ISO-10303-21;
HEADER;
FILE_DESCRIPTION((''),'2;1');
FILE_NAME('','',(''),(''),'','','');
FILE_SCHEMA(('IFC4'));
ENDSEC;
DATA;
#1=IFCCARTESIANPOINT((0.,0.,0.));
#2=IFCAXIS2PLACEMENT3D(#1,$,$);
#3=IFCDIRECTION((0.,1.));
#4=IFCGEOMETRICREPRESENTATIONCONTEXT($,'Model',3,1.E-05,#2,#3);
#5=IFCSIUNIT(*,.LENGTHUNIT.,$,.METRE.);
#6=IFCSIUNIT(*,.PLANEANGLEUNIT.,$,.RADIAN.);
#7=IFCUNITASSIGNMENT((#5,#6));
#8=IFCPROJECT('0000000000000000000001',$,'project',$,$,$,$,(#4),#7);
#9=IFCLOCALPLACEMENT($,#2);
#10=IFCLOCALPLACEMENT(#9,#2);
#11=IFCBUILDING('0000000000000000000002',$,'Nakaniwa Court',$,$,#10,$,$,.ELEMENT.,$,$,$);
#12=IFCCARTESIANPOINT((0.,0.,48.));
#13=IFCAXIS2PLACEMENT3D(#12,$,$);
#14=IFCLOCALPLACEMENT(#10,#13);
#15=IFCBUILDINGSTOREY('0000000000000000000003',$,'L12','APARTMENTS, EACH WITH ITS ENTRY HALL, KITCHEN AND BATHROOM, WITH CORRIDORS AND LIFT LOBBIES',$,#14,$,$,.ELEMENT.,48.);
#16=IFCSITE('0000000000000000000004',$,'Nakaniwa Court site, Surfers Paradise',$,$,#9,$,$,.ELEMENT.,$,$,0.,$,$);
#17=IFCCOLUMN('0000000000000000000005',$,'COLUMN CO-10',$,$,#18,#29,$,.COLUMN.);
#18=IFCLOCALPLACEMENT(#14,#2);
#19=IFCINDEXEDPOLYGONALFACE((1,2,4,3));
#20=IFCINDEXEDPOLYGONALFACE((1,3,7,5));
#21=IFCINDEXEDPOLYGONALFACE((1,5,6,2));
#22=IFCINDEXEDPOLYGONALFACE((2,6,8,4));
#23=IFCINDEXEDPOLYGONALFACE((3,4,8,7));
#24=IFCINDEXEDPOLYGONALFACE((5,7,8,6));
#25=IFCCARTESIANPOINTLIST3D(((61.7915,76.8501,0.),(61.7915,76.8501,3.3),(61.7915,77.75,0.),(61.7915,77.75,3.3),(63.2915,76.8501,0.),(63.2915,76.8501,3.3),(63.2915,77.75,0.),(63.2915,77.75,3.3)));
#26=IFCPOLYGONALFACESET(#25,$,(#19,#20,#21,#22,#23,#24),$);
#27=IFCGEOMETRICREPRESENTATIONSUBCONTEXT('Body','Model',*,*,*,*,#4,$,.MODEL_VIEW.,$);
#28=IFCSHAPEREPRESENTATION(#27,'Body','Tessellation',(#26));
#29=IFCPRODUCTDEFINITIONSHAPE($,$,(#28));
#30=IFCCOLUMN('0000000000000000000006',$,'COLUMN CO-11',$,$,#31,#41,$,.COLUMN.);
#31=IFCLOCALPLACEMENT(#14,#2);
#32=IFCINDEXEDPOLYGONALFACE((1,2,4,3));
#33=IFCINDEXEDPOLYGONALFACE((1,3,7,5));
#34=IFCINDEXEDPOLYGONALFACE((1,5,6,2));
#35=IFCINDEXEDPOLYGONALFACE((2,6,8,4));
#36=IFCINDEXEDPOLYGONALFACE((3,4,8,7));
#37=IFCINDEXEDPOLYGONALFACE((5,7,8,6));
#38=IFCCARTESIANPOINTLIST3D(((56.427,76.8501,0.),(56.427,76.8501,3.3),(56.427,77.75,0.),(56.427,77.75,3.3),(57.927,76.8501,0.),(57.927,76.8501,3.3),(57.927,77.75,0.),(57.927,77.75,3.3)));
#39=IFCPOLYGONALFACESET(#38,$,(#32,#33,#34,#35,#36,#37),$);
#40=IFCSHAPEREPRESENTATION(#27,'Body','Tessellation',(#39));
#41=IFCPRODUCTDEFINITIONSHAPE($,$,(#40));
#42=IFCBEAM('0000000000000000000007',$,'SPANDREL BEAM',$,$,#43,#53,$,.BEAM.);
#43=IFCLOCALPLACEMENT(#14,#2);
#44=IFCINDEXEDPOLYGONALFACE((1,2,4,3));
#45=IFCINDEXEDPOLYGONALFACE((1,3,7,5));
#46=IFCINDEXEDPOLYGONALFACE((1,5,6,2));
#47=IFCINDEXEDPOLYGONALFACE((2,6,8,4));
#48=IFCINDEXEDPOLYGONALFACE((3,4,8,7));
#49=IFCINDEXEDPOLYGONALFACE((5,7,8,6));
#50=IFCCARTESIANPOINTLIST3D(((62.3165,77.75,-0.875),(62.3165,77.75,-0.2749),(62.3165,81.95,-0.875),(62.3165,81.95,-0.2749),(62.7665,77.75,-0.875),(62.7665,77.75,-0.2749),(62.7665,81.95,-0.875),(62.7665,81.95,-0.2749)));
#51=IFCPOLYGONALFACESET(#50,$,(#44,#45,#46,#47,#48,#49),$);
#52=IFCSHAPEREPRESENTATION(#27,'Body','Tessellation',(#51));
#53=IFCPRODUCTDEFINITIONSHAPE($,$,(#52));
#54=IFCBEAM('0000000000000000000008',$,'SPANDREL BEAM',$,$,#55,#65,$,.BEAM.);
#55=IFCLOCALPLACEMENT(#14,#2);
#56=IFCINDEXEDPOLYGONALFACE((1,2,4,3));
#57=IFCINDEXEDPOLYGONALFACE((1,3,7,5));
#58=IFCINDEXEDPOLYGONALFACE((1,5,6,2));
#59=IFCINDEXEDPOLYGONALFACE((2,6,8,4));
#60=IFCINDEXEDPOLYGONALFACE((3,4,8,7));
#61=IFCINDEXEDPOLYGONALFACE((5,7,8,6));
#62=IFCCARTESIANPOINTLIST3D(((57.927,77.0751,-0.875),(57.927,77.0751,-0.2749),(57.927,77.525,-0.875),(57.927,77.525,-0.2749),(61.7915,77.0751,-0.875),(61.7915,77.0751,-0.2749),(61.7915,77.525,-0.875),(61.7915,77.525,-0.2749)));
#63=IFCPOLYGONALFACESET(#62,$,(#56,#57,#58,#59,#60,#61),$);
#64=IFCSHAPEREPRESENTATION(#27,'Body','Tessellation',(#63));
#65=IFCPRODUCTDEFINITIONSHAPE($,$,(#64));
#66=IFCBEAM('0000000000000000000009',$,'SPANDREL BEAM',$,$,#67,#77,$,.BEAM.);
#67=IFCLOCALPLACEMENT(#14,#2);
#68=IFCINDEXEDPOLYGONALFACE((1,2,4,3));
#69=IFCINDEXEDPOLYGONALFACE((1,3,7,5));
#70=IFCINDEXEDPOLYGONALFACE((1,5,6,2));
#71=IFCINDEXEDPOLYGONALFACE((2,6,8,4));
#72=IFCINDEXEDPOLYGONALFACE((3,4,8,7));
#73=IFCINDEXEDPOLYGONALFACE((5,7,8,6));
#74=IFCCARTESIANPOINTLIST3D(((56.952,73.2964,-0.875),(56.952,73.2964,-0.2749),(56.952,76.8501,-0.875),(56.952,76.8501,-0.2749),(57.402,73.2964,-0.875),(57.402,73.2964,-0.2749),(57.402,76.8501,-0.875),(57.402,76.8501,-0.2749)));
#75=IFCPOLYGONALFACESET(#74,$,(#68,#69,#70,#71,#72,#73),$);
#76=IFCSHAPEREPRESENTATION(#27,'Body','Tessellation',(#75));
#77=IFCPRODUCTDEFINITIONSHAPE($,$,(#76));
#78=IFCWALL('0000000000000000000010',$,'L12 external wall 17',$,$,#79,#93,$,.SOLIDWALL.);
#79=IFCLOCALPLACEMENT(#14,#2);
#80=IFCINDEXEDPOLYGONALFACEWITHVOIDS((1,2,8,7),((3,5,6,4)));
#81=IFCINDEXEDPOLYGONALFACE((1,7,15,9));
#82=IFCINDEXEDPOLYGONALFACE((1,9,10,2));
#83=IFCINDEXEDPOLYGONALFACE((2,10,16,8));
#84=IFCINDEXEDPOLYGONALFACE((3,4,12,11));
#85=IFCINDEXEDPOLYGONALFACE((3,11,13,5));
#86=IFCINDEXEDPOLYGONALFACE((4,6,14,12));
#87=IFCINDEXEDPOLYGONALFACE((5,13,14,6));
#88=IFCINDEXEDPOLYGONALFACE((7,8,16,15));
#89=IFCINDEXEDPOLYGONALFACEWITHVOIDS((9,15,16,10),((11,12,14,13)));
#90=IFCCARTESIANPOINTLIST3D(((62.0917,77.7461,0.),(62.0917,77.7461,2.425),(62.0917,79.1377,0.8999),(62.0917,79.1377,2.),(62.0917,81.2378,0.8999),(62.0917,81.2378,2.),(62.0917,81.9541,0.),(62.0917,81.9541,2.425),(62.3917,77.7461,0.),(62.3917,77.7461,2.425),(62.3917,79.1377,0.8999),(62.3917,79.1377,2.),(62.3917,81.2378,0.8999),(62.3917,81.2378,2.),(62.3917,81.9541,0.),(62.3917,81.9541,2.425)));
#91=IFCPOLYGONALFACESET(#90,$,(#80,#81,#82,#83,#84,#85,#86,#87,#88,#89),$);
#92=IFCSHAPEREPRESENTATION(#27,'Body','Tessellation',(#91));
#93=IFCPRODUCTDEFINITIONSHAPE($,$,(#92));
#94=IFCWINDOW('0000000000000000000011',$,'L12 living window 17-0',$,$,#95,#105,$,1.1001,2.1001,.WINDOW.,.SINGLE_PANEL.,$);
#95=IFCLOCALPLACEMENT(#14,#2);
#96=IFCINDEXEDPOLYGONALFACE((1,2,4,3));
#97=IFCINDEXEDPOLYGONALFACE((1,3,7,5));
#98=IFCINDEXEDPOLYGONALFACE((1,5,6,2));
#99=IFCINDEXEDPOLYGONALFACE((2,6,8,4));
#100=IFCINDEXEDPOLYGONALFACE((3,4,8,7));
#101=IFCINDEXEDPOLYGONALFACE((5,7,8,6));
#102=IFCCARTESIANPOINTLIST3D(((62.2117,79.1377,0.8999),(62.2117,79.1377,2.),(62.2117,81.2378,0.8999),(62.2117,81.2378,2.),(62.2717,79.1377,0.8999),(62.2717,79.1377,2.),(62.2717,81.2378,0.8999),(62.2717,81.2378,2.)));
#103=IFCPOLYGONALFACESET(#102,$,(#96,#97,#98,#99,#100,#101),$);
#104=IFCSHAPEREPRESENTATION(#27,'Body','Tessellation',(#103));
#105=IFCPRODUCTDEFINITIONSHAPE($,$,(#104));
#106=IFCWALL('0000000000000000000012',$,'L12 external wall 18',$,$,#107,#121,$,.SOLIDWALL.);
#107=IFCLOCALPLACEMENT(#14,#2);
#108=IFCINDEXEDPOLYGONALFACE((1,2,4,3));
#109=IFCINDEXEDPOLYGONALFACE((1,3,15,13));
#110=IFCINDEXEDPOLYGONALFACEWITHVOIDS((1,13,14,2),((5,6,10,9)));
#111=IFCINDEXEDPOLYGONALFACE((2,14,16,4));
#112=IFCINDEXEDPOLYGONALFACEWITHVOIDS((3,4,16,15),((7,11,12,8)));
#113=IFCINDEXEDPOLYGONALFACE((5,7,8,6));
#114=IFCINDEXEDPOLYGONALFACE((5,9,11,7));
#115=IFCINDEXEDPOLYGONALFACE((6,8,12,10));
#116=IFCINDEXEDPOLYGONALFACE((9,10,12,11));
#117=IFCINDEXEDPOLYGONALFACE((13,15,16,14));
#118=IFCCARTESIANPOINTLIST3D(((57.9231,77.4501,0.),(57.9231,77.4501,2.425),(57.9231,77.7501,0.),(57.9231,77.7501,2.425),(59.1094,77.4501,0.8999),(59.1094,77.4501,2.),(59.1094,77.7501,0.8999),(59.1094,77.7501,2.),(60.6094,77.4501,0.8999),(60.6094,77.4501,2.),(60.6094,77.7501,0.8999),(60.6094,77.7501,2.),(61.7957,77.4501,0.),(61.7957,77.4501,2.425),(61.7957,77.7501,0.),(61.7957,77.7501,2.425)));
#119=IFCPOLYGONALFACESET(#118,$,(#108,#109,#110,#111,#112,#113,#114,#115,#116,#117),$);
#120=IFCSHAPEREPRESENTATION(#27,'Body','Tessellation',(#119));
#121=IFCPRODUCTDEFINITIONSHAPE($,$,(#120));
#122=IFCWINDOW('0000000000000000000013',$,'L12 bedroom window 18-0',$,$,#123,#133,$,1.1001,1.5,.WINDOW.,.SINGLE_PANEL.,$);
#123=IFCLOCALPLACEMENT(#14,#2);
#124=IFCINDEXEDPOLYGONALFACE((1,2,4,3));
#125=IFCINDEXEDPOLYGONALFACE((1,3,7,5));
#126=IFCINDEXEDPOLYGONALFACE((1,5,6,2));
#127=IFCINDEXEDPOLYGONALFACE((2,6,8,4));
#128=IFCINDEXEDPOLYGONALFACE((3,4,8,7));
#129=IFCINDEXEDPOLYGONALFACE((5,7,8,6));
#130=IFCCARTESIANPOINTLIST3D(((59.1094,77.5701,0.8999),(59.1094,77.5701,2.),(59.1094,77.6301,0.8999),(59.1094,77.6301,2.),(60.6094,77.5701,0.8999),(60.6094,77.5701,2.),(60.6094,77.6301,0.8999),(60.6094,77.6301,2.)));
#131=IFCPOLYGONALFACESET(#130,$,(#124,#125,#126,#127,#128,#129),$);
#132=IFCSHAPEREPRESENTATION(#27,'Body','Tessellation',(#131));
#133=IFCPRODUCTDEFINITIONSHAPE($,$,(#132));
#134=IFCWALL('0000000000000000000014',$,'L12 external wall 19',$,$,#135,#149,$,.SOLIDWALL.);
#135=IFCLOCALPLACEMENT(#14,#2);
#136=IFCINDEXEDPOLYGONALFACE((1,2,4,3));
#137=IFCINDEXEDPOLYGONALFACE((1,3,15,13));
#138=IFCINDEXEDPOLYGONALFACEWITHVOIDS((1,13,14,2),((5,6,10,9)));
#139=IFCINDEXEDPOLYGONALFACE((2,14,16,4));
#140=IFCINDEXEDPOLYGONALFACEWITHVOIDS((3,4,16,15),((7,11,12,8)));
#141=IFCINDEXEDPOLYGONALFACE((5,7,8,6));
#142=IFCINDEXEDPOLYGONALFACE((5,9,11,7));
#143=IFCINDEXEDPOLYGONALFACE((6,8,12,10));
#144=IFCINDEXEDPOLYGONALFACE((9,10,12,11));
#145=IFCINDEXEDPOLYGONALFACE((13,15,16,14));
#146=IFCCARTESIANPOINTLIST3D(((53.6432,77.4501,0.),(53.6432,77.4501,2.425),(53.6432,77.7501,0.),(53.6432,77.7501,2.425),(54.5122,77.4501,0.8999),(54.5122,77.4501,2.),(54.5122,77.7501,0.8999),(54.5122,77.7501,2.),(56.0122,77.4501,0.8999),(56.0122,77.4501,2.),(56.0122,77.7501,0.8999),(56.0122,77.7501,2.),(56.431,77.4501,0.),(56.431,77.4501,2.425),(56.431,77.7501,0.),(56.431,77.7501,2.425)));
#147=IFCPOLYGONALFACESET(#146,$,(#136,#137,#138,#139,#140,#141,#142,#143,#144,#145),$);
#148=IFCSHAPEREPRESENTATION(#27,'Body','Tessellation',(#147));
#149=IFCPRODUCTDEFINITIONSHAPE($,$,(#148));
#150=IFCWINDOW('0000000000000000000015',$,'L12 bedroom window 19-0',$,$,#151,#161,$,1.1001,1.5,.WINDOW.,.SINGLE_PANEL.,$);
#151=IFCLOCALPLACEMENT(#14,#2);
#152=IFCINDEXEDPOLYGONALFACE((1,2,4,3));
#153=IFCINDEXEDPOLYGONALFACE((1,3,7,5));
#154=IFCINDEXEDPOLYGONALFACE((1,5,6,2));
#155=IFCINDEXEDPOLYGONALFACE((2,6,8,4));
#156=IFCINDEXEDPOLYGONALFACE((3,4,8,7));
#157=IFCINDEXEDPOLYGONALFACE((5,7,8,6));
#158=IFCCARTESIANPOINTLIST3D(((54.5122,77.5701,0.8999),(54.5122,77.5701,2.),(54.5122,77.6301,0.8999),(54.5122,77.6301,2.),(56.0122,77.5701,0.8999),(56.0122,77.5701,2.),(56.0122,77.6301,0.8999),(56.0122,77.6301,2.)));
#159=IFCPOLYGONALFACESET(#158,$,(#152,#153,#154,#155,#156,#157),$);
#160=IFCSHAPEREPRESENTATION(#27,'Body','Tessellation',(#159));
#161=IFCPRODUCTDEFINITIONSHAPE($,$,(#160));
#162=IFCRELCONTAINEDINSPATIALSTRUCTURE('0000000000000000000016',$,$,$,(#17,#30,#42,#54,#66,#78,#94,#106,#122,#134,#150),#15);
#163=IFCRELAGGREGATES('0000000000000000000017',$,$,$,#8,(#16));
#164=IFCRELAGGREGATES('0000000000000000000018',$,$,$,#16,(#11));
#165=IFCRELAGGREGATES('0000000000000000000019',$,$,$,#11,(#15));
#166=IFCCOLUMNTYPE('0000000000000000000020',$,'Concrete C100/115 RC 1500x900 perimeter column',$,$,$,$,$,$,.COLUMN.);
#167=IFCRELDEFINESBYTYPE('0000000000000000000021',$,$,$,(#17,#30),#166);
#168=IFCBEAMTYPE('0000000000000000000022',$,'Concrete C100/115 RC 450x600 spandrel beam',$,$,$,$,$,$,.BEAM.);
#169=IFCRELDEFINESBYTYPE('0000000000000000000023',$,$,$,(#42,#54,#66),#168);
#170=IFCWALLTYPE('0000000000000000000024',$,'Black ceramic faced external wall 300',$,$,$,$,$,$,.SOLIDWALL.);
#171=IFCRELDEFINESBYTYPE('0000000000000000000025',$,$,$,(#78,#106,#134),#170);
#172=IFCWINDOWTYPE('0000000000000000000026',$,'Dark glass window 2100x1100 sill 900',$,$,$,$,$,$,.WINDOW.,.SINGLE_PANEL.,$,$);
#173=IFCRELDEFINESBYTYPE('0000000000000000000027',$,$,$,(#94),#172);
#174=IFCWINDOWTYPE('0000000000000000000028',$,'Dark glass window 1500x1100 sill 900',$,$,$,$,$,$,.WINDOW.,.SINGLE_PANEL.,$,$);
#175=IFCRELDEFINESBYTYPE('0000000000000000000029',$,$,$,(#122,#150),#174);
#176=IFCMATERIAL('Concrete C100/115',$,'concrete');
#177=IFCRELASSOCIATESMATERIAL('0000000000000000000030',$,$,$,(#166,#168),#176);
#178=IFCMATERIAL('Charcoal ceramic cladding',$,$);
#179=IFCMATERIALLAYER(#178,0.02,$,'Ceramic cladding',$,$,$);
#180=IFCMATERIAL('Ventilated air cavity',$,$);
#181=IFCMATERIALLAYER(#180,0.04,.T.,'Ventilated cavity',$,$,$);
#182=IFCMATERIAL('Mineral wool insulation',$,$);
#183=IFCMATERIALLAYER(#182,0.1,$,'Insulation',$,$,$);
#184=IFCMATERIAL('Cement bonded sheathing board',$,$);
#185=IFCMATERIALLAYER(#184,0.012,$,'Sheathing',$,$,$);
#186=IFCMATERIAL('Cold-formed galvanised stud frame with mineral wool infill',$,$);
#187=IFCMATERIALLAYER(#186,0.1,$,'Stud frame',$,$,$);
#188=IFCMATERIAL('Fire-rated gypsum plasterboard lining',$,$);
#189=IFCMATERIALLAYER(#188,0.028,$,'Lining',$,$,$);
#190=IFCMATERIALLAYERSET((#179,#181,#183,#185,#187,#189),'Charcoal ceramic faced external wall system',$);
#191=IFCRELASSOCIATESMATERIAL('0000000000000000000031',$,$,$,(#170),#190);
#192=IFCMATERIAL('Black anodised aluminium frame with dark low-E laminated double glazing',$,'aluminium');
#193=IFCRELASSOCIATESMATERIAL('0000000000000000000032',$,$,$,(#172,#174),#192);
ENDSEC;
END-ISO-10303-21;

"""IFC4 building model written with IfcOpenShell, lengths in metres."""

from ifc_helpers import new_model, si_unit, direction, frame, frame_2d, origin, origin_2d, place, context, subcontext, project, spatial, rectangle, extrude, material, layer, layer_set, material_profile, profile_set, type_object, element, fill, save


model = new_model("IFC4")

# Units and contexts
model_context = context("Model", 3, precision=1e-05, world=origin(), true_north=direction((0.0, 1.0)))
body_context = subcontext(model_context, "Body", "Model", "MODEL_VIEW")
ifc_project = project(units=[si_unit("LENGTHUNIT", "METRE"), si_unit("PLANEANGLEUNIT", "RADIAN")], contexts=[model_context])

# Site, building, storey
site_placement = place(None, origin())
site = spatial("IfcSite", under=ifc_project, at=site_placement, Name="Nakaniwa Court site, Surfers Paradise", CompositionType="ELEMENT", RefElevation=0.0)
building_placement = place(site_placement, origin())
building = spatial("IfcBuilding", under=site, at=building_placement, Name="Nakaniwa Court", CompositionType="ELEMENT")
storey_placement = place(building_placement, frame((0.0, 0.0, 48.0)))
storey = spatial("IfcBuildingStorey", under=building, at=storey_placement, Name="L12", Description="APARTMENTS, EACH WITH ITS ENTRY HALL, KITCHEN AND BATHROOM, WITH CORRIDORS AND LIFT LOBBIES", CompositionType="ELEMENT", Elevation=48.0)

# Columns
ifc_material_1 = material(Name="Concrete C100/115", Category="concrete")
ifc_material_profile_1 = material_profile(ifc_material_1, rectangle(XDim=1.5, YDim=0.8999, at=origin_2d()), Name="Concrete C100/115 RC 1500x900 perimeter column")
ifc_profile_set_1 = profile_set([ifc_material_profile_1], Name="Concrete C100/115")
column_type = type_object("IfcColumnType", Name="Concrete C100/115 RC 1500x900 perimeter column", PredefinedType="COLUMN", material=ifc_profile_set_1)
for number, where, z_axis, x_axis, name in (
    (1, (62.5415, 77.3, 0.0), (0.0, 0.0, 1.0), (-1.0, 0.0, 0.0), "COLUMN CO-10"),
    (2, (57.177, 77.3, 0.0), (0.0, 0.0, 1.0), (-1.0, 0.0, 0.0), "COLUMN CO-11"),
):
    element("IfcColumn", number, at=place(storey_placement, frame(where, z_axis=z_axis, x_axis=x_axis)), inside=storey, type_object=column_type, Name=name, PredefinedType="COLUMN", context=body_context, shape_type="SweptSolid", body=[
        extrude(rectangle(XDim=1.5, YDim=0.8999, at=origin_2d()), origin(), (0.0, 0.0, 1.0), 3.3),
    ])

# Beams
ifc_material_profile_2 = material_profile(ifc_material_1, rectangle(XDim=0.45, YDim=0.6001, at=origin_2d()), Name="Concrete C100/115 RC 450x600 spandrel beam")
ifc_profile_set_2 = profile_set([ifc_material_profile_2], Name="Concrete C100/115")
beam_type = type_object("IfcBeamType", Name="Concrete C100/115 RC 450x600 spandrel beam", PredefinedType="BEAM", material=ifc_profile_set_2)
beam_1_placement = place(storey_placement, frame((62.5415, 81.95, -0.575), z_axis=(0.0, -1.0, 0.0), x_axis=(1.0, 0.0, 0.0)))
element("IfcBeam", 3, at=beam_1_placement, inside=storey, type_object=beam_type, Name="SPANDREL BEAM", PredefinedType="BEAM", context=body_context, shape_type="SweptSolid", body=[
    extrude(rectangle(XDim=0.45, YDim=0.6001, at=origin_2d()), origin(), (0.0, 0.0, 1.0), 4.2),
])
beam_2_placement = place(storey_placement, frame((61.7915, 77.3, -0.575), z_axis=(-1.0, 0.0, 0.0), x_axis=(0.0, -1.0, 0.0)))
element("IfcBeam", 4, at=beam_2_placement, inside=storey, type_object=beam_type, Name="SPANDREL BEAM", PredefinedType="BEAM", context=body_context, shape_type="SweptSolid", body=[
    extrude(rectangle(XDim=0.45, YDim=0.6001, at=origin_2d()), origin(), (0.0, 0.0, 1.0), 3.8645),
])
beam_3_placement = place(storey_placement, frame((57.177, 76.8501, -0.575), z_axis=(0.0, -1.0, 0.0), x_axis=(1.0, 0.0, 0.0)))
element("IfcBeam", 5, at=beam_3_placement, inside=storey, type_object=beam_type, Name="SPANDREL BEAM", PredefinedType="BEAM", context=body_context, shape_type="SweptSolid", body=[
    extrude(rectangle(XDim=0.45, YDim=0.6001, at=origin_2d()), origin(), (0.0, 0.0, 1.0), 3.5537),
])

# Walls, openings, windows
ifc_material_2 = material(Name="Charcoal ceramic cladding")
ifc_layer_1 = layer(ifc_material_2, 0.02, Name="Ceramic cladding")
ifc_material_3 = material(Name="Ventilated air cavity")
ifc_layer_2 = layer(ifc_material_3, 0.04, ventilated=True, Name="Ventilated cavity")
ifc_material_4 = material(Name="Mineral wool insulation")
ifc_layer_3 = layer(ifc_material_4, 0.1, Name="Insulation")
ifc_material_5 = material(Name="Cement bonded sheathing board")
ifc_layer_4 = layer(ifc_material_5, 0.012, Name="Sheathing")
ifc_material_6 = material(Name="Cold-formed galvanised stud frame with mineral wool infill")
ifc_layer_5 = layer(ifc_material_6, 0.1, Name="Stud frame")
ifc_material_7 = material(Name="Fire-rated gypsum plasterboard lining")
ifc_layer_6 = layer(ifc_material_7, 0.028, Name="Lining")
ifc_layer_set_1 = layer_set([ifc_layer_1, ifc_layer_2, ifc_layer_3, ifc_layer_4, ifc_layer_5, ifc_layer_6], Name="Charcoal ceramic faced external wall system")
wall_type_1 = type_object("IfcWallType", Name="Black ceramic faced external wall 300", PredefinedType="SOLIDWALL", material=ifc_layer_set_1)
wall_1_placement = place(storey_placement, frame((62.2417, 81.9541, 0.0), z_axis=(0.0, 0.0, 1.0), x_axis=(0.0, -1.0, 0.0)))
wall_1 = element("IfcWall", 6, at=wall_1_placement, inside=storey, type_object=wall_type_1, Name="L12 external wall 17", PredefinedType="SOLIDWALL", context=body_context, shape_type="SweptSolid", body=[
    extrude(rectangle(XDim=4.208, YDim=0.3, at=frame_2d((2.104, 0.0))), origin(), (0.0, 0.0, 1.0), 2.425),
])
opening_1_placement = place(wall_1_placement, frame((0.7163, 0.0, 0.8999)))
opening_1 = element("IfcOpeningElement", 7, at=opening_1_placement, cuts=wall_1, PredefinedType="OPENING", context=body_context, shape_type="SweptSolid", body=[
    extrude(rectangle(XDim=2.1001, YDim=1.1001, at=frame_2d((1.05, 0.55))), frame((0.0, 0.1599, 0.0), z_axis=(0.0, -1.0, 0.0), x_axis=(1.0, 0.0, 0.0)), (0.0, 0.0, 1.0), 0.3201),
])
ifc_material_8 = material(Name="Black anodised aluminium frame with dark low-E laminated double glazing", Category="aluminium")
window_type_1 = type_object("IfcWindowType", Name="Dark glass window 2100x1100 sill 900", PartitioningType="SINGLE_PANEL", PredefinedType="WINDOW", material=ifc_material_8)
window_1_placement = place(opening_1_placement, origin())
window_1 = element("IfcWindow", 8, at=window_1_placement, inside=storey, type_object=window_type_1, Name="L12 living window 17-0", OverallHeight=1.1001, OverallWidth=2.1001, PartitioningType="SINGLE_PANEL", PredefinedType="WINDOW", context=body_context, shape_type="SweptSolid", body=[
    extrude(rectangle(XDim=2.1001, YDim=1.1001, at=frame_2d((1.05, 0.55))), frame((0.0, 0.03, 0.0), z_axis=(0.0, -1.0, 0.0), x_axis=(1.0, 0.0, 0.0)), (0.0, 0.0, 1.0), 0.0601),
])
fill(opening_1, window_1)
wall_2_placement = place(storey_placement, frame((61.7957, 77.6001, 0.0), z_axis=(0.0, 0.0, 1.0), x_axis=(-1.0, 0.0, 0.0)))
wall_2 = element("IfcWall", 9, at=wall_2_placement, inside=storey, type_object=wall_type_1, Name="L12 external wall 18", PredefinedType="SOLIDWALL", context=body_context, shape_type="SweptSolid", body=[
    extrude(rectangle(XDim=3.8726, YDim=0.3, at=frame_2d((1.9363, 0.0))), origin(), (0.0, 0.0, 1.0), 2.425),
])
opening_2_placement = place(wall_2_placement, frame((1.1863, 0.0, 0.8999)))
opening_2 = element("IfcOpeningElement", 10, at=opening_2_placement, cuts=wall_2, PredefinedType="OPENING", context=body_context, shape_type="SweptSolid", body=[
    extrude(rectangle(XDim=1.5, YDim=1.1001, at=frame_2d((0.75, 0.55))), frame((0.0, 0.1599, 0.0), z_axis=(0.0, -1.0, 0.0), x_axis=(1.0, 0.0, 0.0)), (0.0, 0.0, 1.0), 0.3201),
])
window_type_2 = type_object("IfcWindowType", Name="Dark glass window 1500x1100 sill 900", PartitioningType="SINGLE_PANEL", PredefinedType="WINDOW", material=ifc_material_8)
window_2_placement = place(opening_2_placement, origin())
window_2 = element("IfcWindow", 11, at=window_2_placement, inside=storey, type_object=window_type_2, Name="L12 bedroom window 18-0", OverallHeight=1.1001, OverallWidth=1.5, PartitioningType="SINGLE_PANEL", PredefinedType="WINDOW", context=body_context, shape_type="SweptSolid", body=[
    extrude(rectangle(XDim=1.5, YDim=1.1001, at=frame_2d((0.75, 0.55))), frame((0.0, 0.03, 0.0), z_axis=(0.0, -1.0, 0.0), x_axis=(1.0, 0.0, 0.0)), (0.0, 0.0, 1.0), 0.0601),
])
fill(opening_2, window_2)
wall_3_placement = place(storey_placement, frame((56.4312, 77.6001, 0.0), z_axis=(0.0, 0.0, 1.0), x_axis=(-1.0, 0.0, 0.0)))
wall_3 = element("IfcWall", 12, at=wall_3_placement, inside=storey, type_object=wall_type_1, Name="L12 external wall 19", PredefinedType="SOLIDWALL", context=body_context, shape_type="SweptSolid", body=[
    extrude(rectangle(XDim=2.7878, YDim=0.3, at=frame_2d((1.394, 0.0))), origin(), (0.0, 0.0, 1.0), 2.425),
])
opening_3_placement = place(wall_3_placement, frame((0.4189, 0.0, 0.8999)))
opening_3 = element("IfcOpeningElement", 13, at=opening_3_placement, cuts=wall_3, PredefinedType="OPENING", context=body_context, shape_type="SweptSolid", body=[
    extrude(rectangle(XDim=1.5, YDim=1.1001, at=frame_2d((0.75, 0.55))), frame((0.0, 0.1599, 0.0), z_axis=(0.0, -1.0, 0.0), x_axis=(1.0, 0.0, 0.0)), (0.0, 0.0, 1.0), 0.3201),
])
window_3_placement = place(opening_3_placement, origin())
window_3 = element("IfcWindow", 14, at=window_3_placement, inside=storey, type_object=window_type_2, Name="L12 bedroom window 19-0", OverallHeight=1.1001, OverallWidth=1.5, PartitioningType="SINGLE_PANEL", PredefinedType="WINDOW", context=body_context, shape_type="SweptSolid", body=[
    extrude(rectangle(XDim=1.5, YDim=1.1001, at=frame_2d((0.75, 0.55))), frame((0.0, 0.03, 0.0), z_axis=(0.0, -1.0, 0.0), x_axis=(1.0, 0.0, 0.0)), (0.0, 0.0, 1.0), 0.0601),
])
fill(opening_3, window_3)

save(model, "model.ifc")
